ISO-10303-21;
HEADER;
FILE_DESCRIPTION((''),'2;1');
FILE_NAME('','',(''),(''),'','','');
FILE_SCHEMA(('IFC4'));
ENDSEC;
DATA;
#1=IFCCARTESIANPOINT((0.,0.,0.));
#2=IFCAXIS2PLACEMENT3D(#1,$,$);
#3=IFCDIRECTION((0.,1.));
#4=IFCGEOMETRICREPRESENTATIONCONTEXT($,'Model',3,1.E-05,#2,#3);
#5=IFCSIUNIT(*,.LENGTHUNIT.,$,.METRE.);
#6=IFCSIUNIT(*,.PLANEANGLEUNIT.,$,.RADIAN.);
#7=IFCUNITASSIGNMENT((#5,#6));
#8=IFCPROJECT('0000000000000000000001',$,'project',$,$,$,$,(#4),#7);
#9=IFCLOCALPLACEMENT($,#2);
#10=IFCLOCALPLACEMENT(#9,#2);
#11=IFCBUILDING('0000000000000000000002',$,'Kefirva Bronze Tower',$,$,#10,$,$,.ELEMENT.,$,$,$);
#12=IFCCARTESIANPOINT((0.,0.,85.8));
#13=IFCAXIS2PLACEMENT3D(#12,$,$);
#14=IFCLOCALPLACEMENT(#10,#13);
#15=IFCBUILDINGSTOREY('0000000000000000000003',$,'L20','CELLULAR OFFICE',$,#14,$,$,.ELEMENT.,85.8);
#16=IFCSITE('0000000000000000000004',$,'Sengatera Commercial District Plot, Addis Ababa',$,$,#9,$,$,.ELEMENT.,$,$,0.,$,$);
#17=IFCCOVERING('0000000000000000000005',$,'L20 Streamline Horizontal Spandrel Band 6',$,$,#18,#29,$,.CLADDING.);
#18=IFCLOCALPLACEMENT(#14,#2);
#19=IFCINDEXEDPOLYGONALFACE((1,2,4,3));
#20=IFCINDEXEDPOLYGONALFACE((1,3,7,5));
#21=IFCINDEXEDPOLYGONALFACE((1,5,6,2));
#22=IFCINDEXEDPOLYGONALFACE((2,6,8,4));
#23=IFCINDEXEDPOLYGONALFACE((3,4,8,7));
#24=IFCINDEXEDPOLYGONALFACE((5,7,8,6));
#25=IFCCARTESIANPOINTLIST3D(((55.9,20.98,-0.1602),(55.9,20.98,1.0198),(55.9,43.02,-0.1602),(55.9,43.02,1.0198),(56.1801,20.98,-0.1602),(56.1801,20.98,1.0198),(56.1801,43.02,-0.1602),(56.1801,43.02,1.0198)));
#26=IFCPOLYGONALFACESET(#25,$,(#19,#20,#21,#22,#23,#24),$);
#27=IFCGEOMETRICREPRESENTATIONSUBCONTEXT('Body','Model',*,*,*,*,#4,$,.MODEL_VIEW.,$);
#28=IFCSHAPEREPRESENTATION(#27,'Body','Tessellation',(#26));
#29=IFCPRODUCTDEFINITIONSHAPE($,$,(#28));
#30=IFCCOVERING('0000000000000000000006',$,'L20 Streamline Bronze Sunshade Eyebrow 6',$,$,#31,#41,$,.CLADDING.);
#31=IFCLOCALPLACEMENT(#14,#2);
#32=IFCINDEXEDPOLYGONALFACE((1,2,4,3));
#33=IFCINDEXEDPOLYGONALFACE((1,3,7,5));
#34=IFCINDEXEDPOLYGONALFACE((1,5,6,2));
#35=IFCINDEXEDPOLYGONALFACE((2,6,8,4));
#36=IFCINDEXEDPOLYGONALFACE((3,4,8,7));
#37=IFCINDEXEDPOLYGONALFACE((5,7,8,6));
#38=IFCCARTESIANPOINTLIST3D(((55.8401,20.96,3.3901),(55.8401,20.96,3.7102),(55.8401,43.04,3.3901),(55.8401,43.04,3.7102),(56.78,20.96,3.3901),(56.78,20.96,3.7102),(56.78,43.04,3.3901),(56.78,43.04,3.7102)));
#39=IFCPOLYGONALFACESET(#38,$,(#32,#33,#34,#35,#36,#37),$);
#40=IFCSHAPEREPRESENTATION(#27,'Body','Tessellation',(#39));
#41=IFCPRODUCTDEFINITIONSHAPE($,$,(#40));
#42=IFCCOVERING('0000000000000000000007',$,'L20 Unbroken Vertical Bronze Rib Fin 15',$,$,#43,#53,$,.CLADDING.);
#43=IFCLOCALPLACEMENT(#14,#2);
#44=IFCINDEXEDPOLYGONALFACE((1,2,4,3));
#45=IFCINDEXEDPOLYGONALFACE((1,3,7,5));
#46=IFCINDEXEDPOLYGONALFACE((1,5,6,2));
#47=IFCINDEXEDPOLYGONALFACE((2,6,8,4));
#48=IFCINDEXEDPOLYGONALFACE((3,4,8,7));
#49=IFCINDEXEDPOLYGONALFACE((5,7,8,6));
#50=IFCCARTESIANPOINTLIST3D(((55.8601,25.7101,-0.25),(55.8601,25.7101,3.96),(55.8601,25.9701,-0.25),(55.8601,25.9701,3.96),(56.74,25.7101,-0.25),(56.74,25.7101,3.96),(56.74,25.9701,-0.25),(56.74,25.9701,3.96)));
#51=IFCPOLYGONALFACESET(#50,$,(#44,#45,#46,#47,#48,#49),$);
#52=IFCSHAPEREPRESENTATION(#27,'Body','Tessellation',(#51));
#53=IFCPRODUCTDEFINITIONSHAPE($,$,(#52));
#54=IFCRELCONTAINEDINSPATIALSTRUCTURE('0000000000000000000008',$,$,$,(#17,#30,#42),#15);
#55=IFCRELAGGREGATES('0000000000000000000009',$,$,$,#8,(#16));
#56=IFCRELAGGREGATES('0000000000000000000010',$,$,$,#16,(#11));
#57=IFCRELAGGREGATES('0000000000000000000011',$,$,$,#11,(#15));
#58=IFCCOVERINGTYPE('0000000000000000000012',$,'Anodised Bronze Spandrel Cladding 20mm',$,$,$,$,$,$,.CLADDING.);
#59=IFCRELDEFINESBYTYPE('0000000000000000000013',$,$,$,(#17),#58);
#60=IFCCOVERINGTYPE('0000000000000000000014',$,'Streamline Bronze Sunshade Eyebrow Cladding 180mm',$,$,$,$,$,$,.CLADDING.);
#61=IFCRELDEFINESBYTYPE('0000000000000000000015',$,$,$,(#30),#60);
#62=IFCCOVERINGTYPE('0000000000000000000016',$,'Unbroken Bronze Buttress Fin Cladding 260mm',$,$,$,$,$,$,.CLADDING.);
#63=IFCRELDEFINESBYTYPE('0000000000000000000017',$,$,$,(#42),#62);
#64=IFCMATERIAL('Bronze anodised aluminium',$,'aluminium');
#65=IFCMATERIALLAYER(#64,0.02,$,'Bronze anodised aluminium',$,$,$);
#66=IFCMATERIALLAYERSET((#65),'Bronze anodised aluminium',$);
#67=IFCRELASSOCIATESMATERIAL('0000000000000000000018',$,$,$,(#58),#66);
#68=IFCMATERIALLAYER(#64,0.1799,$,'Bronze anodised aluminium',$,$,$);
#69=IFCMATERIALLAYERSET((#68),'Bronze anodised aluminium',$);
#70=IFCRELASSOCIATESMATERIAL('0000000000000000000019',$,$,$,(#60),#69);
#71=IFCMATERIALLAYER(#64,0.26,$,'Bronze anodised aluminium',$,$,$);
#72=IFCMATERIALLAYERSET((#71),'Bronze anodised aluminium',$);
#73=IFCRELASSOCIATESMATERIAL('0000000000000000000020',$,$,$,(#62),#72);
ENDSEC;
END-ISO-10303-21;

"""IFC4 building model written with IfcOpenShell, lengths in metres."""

from ifc_helpers import new_model, si_unit, direction, frame, origin, origin_2d, place, context, subcontext, project, spatial, rectangle, extrude, material, layer, layer_set, type_object, element, save


model = new_model("IFC4")

# Units and contexts
model_context = context("Model", 3, precision=1e-05, world=origin(), true_north=direction((0.0, 1.0)))
body_context = subcontext(model_context, "Body", "Model", "MODEL_VIEW")
ifc_project = project(units=[si_unit("LENGTHUNIT", "METRE"), si_unit("PLANEANGLEUNIT", "RADIAN")], contexts=[model_context])

# Site, building, storey
site_placement = place(None, origin())
site = spatial("IfcSite", under=ifc_project, at=site_placement, Name="Sengatera Commercial District Plot, Addis Ababa", CompositionType="ELEMENT", RefElevation=0.0)
building_placement = place(site_placement, origin())
building = spatial("IfcBuilding", under=site, at=building_placement, Name="Kefirva Bronze Tower", CompositionType="ELEMENT")
storey_placement = place(building_placement, frame((0.0, 0.0, 85.8)))
storey = spatial("IfcBuildingStorey", under=building, at=storey_placement, Name="L20", Description="CELLULAR OFFICE", CompositionType="ELEMENT", Elevation=85.8)

# Shared definitions
ifc_material_1 = material(Name="Bronze anodised aluminium", Category="aluminium")

# Coverings
ifc_layer_1 = layer(ifc_material_1, 0.02, Name="Bronze anodised aluminium")
ifc_layer_set_1 = layer_set([ifc_layer_1], Name="Bronze anodised aluminium")
covering_type_1 = type_object("IfcCoveringType", Name="Anodised Bronze Spandrel Cladding 20mm", PredefinedType="CLADDING", material=ifc_layer_set_1)
covering_1_placement = place(storey_placement, frame((56.04, 32.0, -0.1602), z_axis=(0.0, 0.0, 1.0), x_axis=(0.0, 1.0, 0.0)))
element("IfcCovering", 1, at=covering_1_placement, inside=storey, type_object=covering_type_1, Name="L20 Streamline Horizontal Spandrel Band 6", PredefinedType="CLADDING", context=body_context, shape_type="SweptSolid", body=[
    extrude(rectangle(XDim=22.04, YDim=0.28, at=origin_2d()), origin(), (0.0, 0.0, 1.0), 1.1799),
])
ifc_layer_2 = layer(ifc_material_1, 0.1799, Name="Bronze anodised aluminium")
ifc_layer_set_2 = layer_set([ifc_layer_2], Name="Bronze anodised aluminium")
covering_type_2 = type_object("IfcCoveringType", Name="Streamline Bronze Sunshade Eyebrow Cladding 180mm", PredefinedType="CLADDING", material=ifc_layer_set_2)
covering_2_placement = place(storey_placement, frame((56.3101, 32.0, 3.3901), z_axis=(0.0, 0.0, 1.0), x_axis=(0.0, 1.0, 0.0)))
element("IfcCovering", 2, at=covering_2_placement, inside=storey, type_object=covering_type_2, Name="L20 Streamline Bronze Sunshade Eyebrow 6", PredefinedType="CLADDING", context=body_context, shape_type="SweptSolid", body=[
    extrude(rectangle(XDim=22.0801, YDim=0.9399, at=origin_2d()), origin(), (0.0, 0.0, 1.0), 0.3201),
])
ifc_layer_3 = layer(ifc_material_1, 0.26, Name="Bronze anodised aluminium")
ifc_layer_set_3 = layer_set([ifc_layer_3], Name="Bronze anodised aluminium")
covering_type_3 = type_object("IfcCoveringType", Name="Unbroken Bronze Buttress Fin Cladding 260mm", PredefinedType="CLADDING", material=ifc_layer_set_3)
covering_3_placement = place(storey_placement, frame((56.3, 25.8401, -0.25), z_axis=(0.0, 0.0, 1.0), x_axis=(0.0, 1.0, 0.0)))
element("IfcCovering", 3, at=covering_3_placement, inside=storey, type_object=covering_type_3, Name="L20 Unbroken Vertical Bronze Rib Fin 15", PredefinedType="CLADDING", context=body_context, shape_type="SweptSolid", body=[
    extrude(rectangle(XDim=0.26, YDim=0.8799, at=origin_2d()), origin(), (0.0, 0.0, 1.0), 4.21),
])

save(model, "model.ifc")
